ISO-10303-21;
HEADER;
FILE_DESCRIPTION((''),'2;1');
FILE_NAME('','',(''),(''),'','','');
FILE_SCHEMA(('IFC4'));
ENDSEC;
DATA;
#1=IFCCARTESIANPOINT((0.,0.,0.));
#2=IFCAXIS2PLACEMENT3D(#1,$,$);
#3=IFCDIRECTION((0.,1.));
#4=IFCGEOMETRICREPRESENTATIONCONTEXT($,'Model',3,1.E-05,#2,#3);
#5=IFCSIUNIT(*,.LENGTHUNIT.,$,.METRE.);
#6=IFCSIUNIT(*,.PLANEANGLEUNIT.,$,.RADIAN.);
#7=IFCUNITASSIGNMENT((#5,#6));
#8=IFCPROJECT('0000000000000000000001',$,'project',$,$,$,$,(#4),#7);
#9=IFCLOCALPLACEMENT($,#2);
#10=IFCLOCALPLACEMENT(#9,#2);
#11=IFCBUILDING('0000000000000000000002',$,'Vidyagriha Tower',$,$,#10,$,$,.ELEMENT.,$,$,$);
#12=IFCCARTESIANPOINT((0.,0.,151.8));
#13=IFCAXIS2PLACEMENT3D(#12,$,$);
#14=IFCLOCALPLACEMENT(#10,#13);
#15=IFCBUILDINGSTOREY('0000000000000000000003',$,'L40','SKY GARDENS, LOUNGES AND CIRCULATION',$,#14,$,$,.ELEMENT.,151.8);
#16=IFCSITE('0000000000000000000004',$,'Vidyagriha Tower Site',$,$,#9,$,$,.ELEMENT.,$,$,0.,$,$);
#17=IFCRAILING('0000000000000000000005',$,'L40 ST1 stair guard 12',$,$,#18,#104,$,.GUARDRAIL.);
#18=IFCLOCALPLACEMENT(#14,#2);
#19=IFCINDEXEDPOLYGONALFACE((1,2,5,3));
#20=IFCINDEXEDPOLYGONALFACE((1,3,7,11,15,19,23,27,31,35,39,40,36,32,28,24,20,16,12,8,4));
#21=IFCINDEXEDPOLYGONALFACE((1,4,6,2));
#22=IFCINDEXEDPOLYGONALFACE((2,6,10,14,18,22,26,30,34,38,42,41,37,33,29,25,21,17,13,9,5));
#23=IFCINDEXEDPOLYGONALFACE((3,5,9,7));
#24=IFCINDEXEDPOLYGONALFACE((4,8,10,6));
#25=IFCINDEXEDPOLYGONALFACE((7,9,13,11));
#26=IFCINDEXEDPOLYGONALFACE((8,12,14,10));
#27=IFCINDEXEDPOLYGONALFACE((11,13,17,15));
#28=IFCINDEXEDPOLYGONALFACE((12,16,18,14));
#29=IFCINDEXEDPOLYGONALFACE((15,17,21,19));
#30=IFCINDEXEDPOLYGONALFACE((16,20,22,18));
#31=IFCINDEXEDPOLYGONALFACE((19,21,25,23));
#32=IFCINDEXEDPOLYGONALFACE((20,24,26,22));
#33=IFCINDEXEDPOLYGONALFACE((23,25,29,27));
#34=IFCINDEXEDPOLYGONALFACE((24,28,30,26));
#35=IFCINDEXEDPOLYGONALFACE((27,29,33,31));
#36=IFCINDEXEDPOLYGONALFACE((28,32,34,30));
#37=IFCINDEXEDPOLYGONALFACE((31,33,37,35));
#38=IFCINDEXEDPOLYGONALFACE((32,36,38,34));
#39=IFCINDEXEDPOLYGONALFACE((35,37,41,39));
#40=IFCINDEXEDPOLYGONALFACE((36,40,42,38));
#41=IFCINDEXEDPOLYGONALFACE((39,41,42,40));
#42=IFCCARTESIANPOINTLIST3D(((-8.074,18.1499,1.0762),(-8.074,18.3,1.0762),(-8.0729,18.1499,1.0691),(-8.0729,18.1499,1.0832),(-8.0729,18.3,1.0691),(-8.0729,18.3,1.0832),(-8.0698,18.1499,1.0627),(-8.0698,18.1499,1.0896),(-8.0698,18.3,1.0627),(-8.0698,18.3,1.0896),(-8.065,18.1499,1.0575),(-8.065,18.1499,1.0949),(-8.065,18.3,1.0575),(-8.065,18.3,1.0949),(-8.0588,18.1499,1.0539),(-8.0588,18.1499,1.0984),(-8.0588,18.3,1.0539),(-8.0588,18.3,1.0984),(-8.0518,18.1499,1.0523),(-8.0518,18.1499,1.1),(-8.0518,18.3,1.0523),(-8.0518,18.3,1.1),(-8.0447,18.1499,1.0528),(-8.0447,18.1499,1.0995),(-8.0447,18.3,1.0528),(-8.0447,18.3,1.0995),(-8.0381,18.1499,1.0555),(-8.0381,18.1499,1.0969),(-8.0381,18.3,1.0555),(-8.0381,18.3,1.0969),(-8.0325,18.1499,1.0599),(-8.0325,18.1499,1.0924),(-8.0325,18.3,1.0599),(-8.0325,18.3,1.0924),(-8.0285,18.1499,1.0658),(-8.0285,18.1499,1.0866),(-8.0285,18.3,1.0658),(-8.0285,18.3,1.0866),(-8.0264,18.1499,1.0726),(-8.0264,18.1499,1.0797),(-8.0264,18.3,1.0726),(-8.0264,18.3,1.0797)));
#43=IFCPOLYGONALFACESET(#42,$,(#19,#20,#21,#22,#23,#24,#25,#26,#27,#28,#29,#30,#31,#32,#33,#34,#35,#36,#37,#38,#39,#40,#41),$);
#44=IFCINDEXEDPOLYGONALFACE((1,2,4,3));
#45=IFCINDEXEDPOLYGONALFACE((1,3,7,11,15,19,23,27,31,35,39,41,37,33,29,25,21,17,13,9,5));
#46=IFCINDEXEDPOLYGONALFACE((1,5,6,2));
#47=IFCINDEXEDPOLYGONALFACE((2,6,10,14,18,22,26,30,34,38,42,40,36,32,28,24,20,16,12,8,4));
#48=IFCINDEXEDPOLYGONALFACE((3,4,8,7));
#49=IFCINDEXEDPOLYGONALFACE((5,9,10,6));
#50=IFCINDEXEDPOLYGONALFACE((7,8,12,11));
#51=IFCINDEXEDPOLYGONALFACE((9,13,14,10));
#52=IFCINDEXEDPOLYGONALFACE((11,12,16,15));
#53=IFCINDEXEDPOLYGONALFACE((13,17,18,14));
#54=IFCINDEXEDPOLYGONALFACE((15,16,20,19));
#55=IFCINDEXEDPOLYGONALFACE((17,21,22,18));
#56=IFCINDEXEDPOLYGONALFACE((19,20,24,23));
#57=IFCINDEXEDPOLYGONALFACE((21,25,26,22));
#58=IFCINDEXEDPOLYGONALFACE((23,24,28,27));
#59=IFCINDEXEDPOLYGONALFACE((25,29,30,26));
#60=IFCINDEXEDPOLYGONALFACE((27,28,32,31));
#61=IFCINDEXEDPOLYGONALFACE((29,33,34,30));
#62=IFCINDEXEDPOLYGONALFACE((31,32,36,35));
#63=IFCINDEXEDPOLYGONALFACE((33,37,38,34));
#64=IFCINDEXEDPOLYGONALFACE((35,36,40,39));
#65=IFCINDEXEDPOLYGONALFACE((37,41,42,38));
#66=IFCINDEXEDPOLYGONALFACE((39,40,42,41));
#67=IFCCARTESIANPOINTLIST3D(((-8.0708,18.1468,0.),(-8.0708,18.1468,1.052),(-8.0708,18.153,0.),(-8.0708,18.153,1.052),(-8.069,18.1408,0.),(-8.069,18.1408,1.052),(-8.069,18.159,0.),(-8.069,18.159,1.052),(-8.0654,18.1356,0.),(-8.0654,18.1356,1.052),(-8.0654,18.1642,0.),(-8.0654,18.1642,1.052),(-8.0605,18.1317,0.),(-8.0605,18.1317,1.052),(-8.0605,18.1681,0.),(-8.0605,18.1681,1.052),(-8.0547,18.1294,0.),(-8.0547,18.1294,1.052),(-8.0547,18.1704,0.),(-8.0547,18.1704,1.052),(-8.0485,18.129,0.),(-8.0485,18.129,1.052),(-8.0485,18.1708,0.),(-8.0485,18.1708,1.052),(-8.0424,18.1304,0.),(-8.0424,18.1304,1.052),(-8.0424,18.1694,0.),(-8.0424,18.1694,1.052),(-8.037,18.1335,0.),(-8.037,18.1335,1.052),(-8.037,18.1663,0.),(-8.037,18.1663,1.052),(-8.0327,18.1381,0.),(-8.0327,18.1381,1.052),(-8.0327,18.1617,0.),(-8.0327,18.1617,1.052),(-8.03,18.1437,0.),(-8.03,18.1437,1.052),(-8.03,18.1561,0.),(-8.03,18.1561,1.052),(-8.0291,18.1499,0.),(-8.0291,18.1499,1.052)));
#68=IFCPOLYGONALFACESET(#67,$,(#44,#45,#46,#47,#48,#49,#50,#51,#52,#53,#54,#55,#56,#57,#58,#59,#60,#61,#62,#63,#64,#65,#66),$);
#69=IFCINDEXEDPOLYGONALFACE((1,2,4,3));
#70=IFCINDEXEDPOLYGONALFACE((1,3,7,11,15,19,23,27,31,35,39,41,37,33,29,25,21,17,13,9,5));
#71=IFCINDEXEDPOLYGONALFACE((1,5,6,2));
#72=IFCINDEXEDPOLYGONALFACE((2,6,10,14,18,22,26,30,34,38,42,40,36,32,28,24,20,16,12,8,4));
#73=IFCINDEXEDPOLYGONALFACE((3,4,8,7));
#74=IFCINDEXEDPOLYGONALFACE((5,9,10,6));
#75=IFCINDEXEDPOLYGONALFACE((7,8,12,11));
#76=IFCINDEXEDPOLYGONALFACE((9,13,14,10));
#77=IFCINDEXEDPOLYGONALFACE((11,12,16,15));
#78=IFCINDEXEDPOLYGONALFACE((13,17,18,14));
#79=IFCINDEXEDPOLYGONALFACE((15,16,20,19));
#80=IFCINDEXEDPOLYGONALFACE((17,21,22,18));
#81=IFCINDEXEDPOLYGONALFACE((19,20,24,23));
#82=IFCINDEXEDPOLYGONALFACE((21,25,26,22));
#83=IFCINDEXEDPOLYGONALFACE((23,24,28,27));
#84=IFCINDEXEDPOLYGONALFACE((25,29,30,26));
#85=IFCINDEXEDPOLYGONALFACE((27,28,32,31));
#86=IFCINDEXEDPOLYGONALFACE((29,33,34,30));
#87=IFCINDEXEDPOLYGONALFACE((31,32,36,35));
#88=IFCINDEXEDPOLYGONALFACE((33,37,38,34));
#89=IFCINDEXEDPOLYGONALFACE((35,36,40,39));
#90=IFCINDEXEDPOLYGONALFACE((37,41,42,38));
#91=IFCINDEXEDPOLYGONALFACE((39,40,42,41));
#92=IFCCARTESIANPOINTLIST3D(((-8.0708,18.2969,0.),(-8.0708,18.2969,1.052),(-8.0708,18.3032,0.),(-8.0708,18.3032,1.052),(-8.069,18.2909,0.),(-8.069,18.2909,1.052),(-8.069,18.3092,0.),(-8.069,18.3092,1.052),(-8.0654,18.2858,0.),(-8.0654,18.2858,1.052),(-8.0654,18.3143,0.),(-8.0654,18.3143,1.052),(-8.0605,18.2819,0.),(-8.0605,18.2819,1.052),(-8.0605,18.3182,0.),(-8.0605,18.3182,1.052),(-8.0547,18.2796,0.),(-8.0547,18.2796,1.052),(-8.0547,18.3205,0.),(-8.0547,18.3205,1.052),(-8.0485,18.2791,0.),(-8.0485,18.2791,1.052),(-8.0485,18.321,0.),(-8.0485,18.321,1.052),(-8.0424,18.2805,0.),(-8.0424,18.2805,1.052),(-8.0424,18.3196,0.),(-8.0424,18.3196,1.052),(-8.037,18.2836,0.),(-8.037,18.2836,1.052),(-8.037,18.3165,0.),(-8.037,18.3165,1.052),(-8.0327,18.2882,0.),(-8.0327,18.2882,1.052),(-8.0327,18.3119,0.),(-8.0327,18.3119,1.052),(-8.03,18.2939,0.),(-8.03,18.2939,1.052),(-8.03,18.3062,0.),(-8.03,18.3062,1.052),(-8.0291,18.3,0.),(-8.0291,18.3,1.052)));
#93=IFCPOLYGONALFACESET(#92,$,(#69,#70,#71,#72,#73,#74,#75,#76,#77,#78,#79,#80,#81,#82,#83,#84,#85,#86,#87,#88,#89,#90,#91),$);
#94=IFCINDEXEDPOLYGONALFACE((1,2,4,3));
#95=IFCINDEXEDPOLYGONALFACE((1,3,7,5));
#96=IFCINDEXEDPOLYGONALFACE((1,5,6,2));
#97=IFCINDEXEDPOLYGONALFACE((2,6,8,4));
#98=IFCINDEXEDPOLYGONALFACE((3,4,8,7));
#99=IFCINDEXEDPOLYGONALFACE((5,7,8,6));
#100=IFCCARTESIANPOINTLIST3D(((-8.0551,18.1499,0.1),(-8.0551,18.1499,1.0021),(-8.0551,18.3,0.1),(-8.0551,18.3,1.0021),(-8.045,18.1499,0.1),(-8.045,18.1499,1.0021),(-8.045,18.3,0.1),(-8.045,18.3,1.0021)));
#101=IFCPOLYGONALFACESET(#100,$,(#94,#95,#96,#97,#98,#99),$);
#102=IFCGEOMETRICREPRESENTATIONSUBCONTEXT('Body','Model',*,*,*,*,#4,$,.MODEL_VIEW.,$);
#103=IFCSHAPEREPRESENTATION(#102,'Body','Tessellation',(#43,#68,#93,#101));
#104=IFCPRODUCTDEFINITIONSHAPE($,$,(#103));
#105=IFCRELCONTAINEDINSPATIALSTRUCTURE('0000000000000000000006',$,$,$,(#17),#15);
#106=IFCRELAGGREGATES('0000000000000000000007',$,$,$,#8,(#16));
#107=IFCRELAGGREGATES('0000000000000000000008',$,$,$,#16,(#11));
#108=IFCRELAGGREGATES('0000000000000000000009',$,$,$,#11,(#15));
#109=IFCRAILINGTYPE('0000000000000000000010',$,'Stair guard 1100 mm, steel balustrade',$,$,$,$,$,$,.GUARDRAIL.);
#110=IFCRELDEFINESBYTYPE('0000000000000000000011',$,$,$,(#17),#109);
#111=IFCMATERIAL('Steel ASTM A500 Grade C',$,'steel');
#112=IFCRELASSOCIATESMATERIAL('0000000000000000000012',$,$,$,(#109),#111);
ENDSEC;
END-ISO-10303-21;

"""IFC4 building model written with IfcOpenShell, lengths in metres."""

from ifc_helpers import new_model, si_unit, direction, frame, origin, origin_2d, place, context, subcontext, project, spatial, rectangle, circle, extrude, material, type_object, element, save


model = new_model("IFC4")

# Units and contexts
model_context = context("Model", 3, precision=1e-05, world=origin(), true_north=direction((0.0, 1.0)))
body_context = subcontext(model_context, "Body", "Model", "MODEL_VIEW")
ifc_project = project(units=[si_unit("LENGTHUNIT", "METRE"), si_unit("PLANEANGLEUNIT", "RADIAN")], contexts=[model_context])

# Site, building, storey
site_placement = place(None, origin())
site = spatial("IfcSite", under=ifc_project, at=site_placement, Name="Vidyagriha Tower Site", CompositionType="ELEMENT", RefElevation=0.0)
building_placement = place(site_placement, origin())
building = spatial("IfcBuilding", under=site, at=building_placement, Name="Vidyagriha Tower", CompositionType="ELEMENT")
storey_placement = place(building_placement, frame((0.0, 0.0, 151.8)))
storey = spatial("IfcBuildingStorey", under=building, at=storey_placement, Name="L40", Description="SKY GARDENS, LOUNGES AND CIRCULATION", CompositionType="ELEMENT", Elevation=151.8)

# Railing
ifc_material_1 = material(Name="Steel ASTM A500 Grade C", Category="steel")
railing_type_1 = type_object("IfcRailingType", Name="Stair guard 1100 mm, steel balustrade", PredefinedType="GUARDRAIL", material=ifc_material_1)
railing_1_placement = place(storey_placement, frame((-8.05, 18.1499, 0.0)))
element("IfcRailing", 1, at=railing_1_placement, inside=storey, type_object=railing_type_1, Name="L40 ST1 stair guard 12", PredefinedType="GUARDRAIL", context=body_context, shape_type="SweptSolid", body=[
    extrude(circle(Radius=0.0239, at=origin_2d()), frame((0.0, 0.0, 1.0762), z_axis=(0.0, 1.0, 0.0), x_axis=(-1.0, 0.0, 0.0)), (0.0, 0.0, 1.0), 0.1501),
    extrude(circle(Radius=0.021, at=origin_2d()), origin(), (0.0, 0.0, 1.0), 1.052),
    extrude(circle(Radius=0.021, at=origin_2d()), frame((0.0, 0.1501, 0.0)), (0.0, 0.0, 1.0), 1.052),
    extrude(rectangle(XDim=0.01, YDim=0.9021, at=origin_2d()), frame((0.0, 0.0, 0.551), z_axis=(0.0, 1.0, 0.0), x_axis=(-1.0, 0.0, 0.0)), (0.0, 0.0, 1.0), 0.1501),
])

save(model, "model.ifc")
